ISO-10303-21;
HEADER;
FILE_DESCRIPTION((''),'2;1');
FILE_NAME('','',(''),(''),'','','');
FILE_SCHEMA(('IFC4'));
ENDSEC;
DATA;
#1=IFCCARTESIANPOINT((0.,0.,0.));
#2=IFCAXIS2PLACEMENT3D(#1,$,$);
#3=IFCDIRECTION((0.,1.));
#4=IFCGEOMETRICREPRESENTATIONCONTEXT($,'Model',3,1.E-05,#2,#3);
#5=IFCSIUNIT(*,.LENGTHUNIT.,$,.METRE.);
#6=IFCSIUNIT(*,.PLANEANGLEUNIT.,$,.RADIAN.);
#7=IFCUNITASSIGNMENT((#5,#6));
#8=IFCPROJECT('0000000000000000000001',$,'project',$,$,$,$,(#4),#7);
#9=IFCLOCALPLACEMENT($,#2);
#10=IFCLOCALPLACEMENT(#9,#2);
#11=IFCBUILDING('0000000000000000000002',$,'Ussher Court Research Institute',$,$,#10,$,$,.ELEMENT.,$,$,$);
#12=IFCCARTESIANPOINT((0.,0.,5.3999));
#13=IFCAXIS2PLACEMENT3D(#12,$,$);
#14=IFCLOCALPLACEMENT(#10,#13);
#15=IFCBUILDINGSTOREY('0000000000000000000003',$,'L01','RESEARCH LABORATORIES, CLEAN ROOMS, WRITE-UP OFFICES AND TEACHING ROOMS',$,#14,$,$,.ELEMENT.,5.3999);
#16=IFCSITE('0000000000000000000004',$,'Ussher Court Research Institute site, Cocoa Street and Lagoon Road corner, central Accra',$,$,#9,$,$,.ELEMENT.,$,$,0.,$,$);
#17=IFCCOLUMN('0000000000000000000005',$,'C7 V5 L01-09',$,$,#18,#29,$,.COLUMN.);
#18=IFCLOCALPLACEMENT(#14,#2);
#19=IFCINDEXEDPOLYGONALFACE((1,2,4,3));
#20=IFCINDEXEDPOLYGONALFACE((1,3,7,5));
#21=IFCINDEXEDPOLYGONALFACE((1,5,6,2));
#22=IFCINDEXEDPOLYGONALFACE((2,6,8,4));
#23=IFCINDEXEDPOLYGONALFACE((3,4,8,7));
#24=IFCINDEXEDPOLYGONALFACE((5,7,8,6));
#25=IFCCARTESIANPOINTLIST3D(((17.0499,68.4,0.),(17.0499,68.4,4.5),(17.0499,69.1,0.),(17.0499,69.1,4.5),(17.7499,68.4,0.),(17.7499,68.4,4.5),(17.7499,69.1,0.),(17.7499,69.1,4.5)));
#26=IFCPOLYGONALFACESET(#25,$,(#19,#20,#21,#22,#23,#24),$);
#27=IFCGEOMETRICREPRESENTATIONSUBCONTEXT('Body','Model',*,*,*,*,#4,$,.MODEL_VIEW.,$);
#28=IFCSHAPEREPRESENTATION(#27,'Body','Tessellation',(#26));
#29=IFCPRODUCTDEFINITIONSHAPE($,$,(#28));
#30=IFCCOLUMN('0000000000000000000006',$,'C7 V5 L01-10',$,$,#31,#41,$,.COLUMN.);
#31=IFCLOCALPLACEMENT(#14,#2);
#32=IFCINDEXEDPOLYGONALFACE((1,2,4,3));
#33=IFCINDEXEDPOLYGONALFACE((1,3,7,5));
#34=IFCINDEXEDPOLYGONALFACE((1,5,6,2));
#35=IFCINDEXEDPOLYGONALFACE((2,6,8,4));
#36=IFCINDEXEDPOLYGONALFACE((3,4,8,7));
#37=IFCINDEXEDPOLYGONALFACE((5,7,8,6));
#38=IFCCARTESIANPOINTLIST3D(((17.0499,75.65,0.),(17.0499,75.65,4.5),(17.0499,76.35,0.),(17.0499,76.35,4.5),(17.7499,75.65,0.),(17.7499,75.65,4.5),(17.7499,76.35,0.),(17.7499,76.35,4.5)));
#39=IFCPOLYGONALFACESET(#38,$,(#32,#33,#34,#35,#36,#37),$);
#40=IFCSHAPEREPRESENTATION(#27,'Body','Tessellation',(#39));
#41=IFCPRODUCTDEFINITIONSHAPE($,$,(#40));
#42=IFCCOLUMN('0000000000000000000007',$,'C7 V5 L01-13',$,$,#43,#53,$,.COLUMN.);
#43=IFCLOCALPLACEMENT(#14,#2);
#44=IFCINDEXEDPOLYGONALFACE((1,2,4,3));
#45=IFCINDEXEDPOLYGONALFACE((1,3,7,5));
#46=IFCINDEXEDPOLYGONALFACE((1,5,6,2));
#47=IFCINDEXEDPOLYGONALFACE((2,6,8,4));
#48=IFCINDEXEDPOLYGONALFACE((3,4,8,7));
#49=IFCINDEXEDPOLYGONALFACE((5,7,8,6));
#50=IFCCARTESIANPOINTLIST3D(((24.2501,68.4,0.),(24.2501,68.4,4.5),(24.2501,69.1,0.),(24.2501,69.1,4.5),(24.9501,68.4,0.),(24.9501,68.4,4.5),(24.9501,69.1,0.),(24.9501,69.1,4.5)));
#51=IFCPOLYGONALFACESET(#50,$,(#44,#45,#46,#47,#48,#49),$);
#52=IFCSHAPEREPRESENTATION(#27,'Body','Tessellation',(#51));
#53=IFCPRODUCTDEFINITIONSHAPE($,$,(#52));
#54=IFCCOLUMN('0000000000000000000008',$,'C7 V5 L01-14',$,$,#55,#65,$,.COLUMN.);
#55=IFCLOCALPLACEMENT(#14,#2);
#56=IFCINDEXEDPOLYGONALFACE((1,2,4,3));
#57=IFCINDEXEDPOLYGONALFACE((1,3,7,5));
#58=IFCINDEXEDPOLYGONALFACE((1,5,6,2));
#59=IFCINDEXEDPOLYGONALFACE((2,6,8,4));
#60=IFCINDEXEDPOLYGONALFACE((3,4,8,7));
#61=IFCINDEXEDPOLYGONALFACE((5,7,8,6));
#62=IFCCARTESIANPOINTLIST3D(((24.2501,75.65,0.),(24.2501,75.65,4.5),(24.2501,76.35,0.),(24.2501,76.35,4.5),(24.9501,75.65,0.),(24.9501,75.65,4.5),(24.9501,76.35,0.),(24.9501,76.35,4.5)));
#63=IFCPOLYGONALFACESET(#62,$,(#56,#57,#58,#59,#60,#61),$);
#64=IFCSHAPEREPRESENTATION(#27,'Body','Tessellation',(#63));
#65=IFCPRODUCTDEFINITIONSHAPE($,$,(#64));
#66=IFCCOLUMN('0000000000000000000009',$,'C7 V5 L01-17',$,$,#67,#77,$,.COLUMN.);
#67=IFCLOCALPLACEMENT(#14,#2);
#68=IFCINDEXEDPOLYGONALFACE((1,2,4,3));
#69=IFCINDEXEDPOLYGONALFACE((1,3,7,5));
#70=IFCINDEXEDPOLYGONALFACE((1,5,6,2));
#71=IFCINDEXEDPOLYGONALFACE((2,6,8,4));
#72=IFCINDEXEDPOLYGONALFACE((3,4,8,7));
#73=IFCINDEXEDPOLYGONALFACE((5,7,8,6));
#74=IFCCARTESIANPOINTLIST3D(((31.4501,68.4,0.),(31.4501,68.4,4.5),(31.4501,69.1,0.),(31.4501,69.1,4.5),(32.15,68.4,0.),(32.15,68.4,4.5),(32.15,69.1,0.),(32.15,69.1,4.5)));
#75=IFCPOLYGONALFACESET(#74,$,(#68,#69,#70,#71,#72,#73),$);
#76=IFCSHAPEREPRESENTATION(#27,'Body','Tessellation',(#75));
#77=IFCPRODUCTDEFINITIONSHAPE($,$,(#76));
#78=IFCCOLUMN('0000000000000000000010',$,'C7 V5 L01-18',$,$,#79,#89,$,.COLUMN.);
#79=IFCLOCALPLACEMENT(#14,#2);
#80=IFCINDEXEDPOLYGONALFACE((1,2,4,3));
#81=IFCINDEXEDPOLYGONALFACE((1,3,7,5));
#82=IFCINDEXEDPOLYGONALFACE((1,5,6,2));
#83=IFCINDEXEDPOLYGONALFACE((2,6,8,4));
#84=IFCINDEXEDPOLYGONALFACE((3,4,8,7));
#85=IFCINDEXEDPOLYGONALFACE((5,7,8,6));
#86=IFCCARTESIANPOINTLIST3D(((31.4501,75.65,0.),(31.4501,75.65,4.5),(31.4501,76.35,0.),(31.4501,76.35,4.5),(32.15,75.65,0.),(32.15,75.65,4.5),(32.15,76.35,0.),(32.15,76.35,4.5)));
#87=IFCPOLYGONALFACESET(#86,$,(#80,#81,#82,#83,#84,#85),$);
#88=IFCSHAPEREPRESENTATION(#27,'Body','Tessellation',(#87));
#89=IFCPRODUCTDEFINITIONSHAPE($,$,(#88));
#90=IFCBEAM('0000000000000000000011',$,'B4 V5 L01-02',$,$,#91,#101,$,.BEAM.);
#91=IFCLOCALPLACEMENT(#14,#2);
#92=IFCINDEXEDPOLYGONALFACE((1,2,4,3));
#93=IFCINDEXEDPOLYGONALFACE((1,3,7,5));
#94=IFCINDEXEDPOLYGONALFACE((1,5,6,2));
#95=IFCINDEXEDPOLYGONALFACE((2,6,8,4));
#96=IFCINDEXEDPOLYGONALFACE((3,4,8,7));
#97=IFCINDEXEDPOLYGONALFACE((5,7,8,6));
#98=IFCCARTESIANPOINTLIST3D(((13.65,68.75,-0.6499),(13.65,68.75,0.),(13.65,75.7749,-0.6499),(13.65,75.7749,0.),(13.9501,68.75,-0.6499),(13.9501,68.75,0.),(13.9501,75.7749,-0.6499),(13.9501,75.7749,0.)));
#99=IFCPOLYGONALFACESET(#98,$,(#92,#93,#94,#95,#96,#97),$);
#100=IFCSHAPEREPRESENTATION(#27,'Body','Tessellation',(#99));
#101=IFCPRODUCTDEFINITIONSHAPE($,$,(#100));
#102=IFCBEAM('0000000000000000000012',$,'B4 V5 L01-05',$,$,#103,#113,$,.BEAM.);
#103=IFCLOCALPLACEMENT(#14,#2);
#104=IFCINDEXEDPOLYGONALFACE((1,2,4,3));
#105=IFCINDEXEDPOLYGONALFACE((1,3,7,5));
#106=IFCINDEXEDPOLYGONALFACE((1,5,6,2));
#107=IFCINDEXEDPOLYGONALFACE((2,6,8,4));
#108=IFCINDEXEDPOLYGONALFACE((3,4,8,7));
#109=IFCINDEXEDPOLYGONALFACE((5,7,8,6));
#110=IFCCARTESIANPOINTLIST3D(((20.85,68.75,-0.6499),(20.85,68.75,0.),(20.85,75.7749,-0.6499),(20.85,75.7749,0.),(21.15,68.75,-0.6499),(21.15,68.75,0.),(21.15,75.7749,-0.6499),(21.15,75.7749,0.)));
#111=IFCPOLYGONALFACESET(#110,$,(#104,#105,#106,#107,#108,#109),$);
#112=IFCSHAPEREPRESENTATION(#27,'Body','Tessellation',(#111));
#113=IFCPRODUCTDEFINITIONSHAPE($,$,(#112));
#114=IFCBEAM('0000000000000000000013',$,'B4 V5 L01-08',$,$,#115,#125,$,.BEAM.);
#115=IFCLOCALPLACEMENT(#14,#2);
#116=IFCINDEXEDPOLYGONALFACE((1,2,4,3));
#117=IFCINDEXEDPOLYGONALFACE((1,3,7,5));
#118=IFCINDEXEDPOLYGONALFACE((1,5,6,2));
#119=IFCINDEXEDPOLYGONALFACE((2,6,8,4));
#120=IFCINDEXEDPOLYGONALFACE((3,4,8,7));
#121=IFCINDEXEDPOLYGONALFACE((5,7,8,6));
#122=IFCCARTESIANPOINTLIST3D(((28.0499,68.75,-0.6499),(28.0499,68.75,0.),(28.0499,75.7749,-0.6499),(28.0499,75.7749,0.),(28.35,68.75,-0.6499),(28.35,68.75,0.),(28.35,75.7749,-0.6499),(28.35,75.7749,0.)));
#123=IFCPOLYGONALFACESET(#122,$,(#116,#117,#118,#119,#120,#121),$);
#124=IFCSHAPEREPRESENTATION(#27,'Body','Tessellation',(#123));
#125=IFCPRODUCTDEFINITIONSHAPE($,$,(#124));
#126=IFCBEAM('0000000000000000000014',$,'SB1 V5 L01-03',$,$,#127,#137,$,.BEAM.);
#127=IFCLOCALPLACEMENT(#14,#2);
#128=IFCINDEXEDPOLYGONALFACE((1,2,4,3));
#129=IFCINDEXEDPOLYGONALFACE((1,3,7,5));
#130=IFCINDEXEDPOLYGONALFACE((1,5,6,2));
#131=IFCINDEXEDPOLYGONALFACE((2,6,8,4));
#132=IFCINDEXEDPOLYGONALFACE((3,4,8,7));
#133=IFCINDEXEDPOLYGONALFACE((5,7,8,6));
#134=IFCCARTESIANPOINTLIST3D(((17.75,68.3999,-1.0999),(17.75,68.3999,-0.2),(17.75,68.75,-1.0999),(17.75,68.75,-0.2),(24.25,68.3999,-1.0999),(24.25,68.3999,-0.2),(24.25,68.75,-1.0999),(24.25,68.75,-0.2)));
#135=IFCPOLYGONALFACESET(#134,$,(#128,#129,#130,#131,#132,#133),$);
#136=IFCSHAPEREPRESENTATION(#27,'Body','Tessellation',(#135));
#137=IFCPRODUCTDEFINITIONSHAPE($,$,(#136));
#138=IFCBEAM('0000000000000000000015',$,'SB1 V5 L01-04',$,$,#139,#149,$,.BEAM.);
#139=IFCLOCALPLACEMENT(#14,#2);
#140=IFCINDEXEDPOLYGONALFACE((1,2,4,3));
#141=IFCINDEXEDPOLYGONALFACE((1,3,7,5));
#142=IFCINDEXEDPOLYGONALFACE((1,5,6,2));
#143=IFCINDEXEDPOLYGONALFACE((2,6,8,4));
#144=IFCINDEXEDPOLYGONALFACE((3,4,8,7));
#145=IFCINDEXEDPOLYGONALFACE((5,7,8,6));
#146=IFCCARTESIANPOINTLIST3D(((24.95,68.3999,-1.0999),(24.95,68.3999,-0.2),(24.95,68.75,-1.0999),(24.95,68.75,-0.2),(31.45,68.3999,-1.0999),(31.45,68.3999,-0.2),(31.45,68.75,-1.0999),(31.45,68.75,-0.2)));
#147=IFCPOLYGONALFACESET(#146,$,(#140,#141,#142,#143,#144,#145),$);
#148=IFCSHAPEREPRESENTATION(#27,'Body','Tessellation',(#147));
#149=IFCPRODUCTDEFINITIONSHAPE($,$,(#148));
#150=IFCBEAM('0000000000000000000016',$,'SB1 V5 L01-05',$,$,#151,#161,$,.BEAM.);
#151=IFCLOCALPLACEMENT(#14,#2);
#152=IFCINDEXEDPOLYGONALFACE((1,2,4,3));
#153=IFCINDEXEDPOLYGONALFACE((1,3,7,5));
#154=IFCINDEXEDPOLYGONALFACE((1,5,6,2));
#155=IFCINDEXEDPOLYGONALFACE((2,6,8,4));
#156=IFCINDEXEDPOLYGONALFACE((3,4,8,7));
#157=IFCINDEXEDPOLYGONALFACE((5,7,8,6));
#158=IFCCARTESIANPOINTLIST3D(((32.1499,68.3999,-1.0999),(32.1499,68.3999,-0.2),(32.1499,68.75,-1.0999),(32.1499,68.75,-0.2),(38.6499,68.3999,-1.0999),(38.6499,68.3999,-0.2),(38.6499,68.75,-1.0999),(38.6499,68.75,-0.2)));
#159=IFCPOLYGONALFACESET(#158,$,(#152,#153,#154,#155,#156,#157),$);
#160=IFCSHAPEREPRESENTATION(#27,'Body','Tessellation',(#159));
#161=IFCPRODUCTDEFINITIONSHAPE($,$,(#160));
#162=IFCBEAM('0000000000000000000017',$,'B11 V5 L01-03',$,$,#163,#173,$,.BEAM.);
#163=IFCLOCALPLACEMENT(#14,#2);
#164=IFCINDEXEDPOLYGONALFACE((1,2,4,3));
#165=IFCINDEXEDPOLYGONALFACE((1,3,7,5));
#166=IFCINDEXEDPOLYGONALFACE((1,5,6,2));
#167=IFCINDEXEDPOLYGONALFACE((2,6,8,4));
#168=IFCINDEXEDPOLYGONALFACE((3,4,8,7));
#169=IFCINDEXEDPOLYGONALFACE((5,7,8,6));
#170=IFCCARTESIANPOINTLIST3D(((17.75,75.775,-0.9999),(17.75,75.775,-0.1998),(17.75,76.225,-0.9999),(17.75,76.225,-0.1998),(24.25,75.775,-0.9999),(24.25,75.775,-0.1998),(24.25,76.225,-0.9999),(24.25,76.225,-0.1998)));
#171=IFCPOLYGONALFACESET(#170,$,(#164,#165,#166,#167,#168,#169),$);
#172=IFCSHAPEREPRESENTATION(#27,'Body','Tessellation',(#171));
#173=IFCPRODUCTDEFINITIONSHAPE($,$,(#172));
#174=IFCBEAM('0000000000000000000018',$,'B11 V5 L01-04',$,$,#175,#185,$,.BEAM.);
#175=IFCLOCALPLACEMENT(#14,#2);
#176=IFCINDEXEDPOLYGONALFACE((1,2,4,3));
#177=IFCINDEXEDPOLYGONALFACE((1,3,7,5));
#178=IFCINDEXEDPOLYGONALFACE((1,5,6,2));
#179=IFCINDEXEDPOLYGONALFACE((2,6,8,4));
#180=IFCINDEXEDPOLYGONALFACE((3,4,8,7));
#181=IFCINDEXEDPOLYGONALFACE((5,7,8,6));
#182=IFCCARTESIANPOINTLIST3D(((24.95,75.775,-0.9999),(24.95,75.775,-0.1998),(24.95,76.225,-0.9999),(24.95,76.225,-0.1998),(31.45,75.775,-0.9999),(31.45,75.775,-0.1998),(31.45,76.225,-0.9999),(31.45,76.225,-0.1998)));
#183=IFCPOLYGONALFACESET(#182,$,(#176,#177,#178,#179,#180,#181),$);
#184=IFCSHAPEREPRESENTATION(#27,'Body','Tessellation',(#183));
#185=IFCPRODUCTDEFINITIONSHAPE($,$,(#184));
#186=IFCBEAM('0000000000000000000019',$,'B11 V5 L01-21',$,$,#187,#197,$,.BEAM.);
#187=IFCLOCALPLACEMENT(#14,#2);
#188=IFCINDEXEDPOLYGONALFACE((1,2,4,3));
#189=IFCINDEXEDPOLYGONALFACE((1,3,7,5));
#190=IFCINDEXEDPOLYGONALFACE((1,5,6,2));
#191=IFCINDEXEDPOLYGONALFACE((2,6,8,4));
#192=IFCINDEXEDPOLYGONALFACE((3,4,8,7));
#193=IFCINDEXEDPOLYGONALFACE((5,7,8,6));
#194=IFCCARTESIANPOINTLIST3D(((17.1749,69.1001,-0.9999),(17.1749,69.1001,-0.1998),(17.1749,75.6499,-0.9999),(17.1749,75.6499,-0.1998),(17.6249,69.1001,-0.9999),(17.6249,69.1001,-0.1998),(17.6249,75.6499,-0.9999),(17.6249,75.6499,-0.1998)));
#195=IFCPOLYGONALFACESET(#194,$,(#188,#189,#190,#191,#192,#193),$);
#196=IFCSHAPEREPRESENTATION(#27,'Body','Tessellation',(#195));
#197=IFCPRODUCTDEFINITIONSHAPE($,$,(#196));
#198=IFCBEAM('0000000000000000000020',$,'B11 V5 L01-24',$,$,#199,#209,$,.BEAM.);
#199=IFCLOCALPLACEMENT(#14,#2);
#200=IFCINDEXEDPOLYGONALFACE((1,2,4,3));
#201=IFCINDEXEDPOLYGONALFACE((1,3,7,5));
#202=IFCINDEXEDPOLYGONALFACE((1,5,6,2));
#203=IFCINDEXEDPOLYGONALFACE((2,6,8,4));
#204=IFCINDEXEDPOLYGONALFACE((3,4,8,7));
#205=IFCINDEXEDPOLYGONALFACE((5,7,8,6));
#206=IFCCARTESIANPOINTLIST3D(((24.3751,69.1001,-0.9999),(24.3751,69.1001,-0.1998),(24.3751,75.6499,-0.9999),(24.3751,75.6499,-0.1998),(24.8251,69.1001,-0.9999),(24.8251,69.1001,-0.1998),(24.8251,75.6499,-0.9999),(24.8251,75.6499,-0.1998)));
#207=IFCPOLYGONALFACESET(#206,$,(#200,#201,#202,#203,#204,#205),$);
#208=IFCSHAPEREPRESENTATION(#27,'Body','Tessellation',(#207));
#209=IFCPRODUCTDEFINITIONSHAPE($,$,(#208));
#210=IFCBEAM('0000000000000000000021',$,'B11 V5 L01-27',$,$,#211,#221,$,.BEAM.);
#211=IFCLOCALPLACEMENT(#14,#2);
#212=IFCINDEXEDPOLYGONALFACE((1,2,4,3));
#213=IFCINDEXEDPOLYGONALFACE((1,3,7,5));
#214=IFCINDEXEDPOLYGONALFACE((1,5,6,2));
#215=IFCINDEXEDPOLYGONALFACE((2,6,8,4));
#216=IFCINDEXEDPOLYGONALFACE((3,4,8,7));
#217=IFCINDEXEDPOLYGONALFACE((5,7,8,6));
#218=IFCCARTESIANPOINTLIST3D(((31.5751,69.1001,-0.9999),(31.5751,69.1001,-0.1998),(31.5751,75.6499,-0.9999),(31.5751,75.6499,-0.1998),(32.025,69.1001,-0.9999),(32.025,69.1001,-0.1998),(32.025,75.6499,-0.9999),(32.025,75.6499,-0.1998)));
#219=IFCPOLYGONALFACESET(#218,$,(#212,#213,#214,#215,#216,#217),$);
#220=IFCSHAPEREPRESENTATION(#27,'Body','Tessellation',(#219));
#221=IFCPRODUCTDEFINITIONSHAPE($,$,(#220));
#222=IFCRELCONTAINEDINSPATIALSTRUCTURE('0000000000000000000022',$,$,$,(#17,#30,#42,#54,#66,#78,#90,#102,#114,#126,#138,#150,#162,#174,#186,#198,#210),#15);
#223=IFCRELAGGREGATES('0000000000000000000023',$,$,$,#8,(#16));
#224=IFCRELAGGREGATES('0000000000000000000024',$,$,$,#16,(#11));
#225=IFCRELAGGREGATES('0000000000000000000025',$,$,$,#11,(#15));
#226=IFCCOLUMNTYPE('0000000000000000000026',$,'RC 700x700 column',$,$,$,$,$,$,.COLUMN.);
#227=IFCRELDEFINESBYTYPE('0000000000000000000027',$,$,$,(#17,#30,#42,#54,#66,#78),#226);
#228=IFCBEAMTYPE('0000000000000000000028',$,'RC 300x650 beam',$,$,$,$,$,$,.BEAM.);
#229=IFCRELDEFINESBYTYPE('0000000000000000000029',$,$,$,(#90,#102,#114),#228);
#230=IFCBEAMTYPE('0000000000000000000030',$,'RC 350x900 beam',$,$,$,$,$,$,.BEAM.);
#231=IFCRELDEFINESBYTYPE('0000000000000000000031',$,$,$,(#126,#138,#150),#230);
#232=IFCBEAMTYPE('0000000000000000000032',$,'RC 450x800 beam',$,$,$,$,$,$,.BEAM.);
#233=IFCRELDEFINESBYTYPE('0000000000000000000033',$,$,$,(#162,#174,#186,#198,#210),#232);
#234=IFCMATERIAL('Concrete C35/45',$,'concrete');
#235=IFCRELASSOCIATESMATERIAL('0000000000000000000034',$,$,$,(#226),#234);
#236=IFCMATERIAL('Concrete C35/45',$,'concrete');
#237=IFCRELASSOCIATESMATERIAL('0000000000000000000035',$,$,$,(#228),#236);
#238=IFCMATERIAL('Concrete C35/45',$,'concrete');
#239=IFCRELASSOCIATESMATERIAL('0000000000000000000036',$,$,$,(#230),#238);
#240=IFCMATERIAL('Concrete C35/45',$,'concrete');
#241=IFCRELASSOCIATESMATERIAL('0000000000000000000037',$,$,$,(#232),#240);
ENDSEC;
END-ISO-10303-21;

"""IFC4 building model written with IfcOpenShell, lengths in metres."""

from ifc_helpers import new_model, si_unit, direction, frame, origin, origin_2d, place, context, subcontext, project, spatial, rectangle, extrude, material, material_profile, profile_set, type_object, element, save


model = new_model("IFC4")

# Units and contexts
model_context = context("Model", 3, precision=1e-05, world=origin(), true_north=direction((0.0, 1.0)))
body_context = subcontext(model_context, "Body", "Model", "MODEL_VIEW")
ifc_project = project(units=[si_unit("LENGTHUNIT", "METRE"), si_unit("PLANEANGLEUNIT", "RADIAN")], contexts=[model_context])

# Site, building, storey
site_placement = place(None, origin())
site = spatial("IfcSite", under=ifc_project, at=site_placement, Name="Ussher Court Research Institute site, Cocoa Street and Lagoon Road corner, central Accra", CompositionType="ELEMENT", RefElevation=0.0)
building_placement = place(site_placement, origin())
building = spatial("IfcBuilding", under=site, at=building_placement, Name="Ussher Court Research Institute", CompositionType="ELEMENT")
storey_placement = place(building_placement, frame((0.0, 0.0, 5.3999)))
storey = spatial("IfcBuildingStorey", under=building, at=storey_placement, Name="L01", Description="RESEARCH LABORATORIES, CLEAN ROOMS, WRITE-UP OFFICES AND TEACHING ROOMS", CompositionType="ELEMENT", Elevation=5.3999)

# Columns
ifc_material_1 = material(Name="Concrete C35/45", Category="concrete")
ifc_material_profile_1 = material_profile(ifc_material_1, rectangle(XDim=0.7, YDim=0.7, at=origin_2d()), Name="RC 700x700")
ifc_profile_set_1 = profile_set([ifc_material_profile_1], Name="Concrete C35/45")
column_type = type_object("IfcColumnType", Name="RC 700x700 column", PredefinedType="COLUMN", material=ifc_profile_set_1)
for number, where, z_axis, x_axis, name in (
    (1, (17.3999, 68.75, 0.0), (0.0, 0.0, 1.0), (1.0, 0.0, 0.0), "C7 V5 L01-09"),
    (2, (17.3999, 76.0, 0.0), (0.0, 0.0, 1.0), (1.0, 0.0, 0.0), "C7 V5 L01-10"),
    (3, (24.6001, 68.75, 0.0), (0.0, 0.0, 1.0), (1.0, 0.0, 0.0), "C7 V5 L01-13"),
    (4, (24.6001, 76.0, 0.0), (0.0, 0.0, 1.0), (1.0, 0.0, 0.0), "C7 V5 L01-14"),
    (5, (31.8, 68.75, 0.0), (0.0, 0.0, 1.0), (1.0, 0.0, 0.0), "C7 V5 L01-17"),
    (6, (31.8, 76.0, 0.0), (0.0, 0.0, 1.0), (1.0, 0.0, 0.0), "C7 V5 L01-18"),
):
    element("IfcColumn", number, at=place(storey_placement, frame(where, z_axis=z_axis, x_axis=x_axis)), inside=storey, type_object=column_type, Name=name, PredefinedType="COLUMN", context=body_context, shape_type="SweptSolid", body=[
        extrude(rectangle(XDim=0.7, YDim=0.7, at=origin_2d()), origin(), (0.0, 0.0, 1.0), 4.5),
    ])

# Beams
ifc_material_2 = material(Name="Concrete C35/45", Category="concrete")
ifc_material_profile_2 = material_profile(ifc_material_2, rectangle(XDim=0.3, YDim=0.6499, at=origin_2d()), Name="RC 300x650")
ifc_profile_set_2 = profile_set([ifc_material_profile_2], Name="Concrete C35/45")
beam_type_1 = type_object("IfcBeamType", Name="RC 300x650 beam", PredefinedType="BEAM", material=ifc_profile_set_2)
for number, where, z_axis, x_axis, name in (
    (7, (13.8, 68.75, -0.325), (0.0, 1.0, 0.0), (-1.0, 0.0, 0.0), "B4 V5 L01-02"),
    (8, (21.0, 68.75, -0.325), (0.0, 1.0, 0.0), (-1.0, 0.0, 0.0), "B4 V5 L01-05"),
    (9, (28.2, 68.75, -0.325), (0.0, 1.0, 0.0), (-1.0, 0.0, 0.0), "B4 V5 L01-08"),
):
    element("IfcBeam", number, at=place(storey_placement, frame(where, z_axis=z_axis, x_axis=x_axis)), inside=storey, type_object=beam_type_1, Name=name, PredefinedType="BEAM", context=body_context, shape_type="SweptSolid", body=[
        extrude(rectangle(XDim=0.3, YDim=0.6499, at=origin_2d()), origin(), (0.0, 0.0, 1.0), 7.0249),
    ])
ifc_material_3 = material(Name="Concrete C35/45", Category="concrete")
ifc_material_profile_3 = material_profile(ifc_material_3, rectangle(XDim=0.3501, YDim=0.8999, at=origin_2d()), Name="RC 350x900")
ifc_profile_set_3 = profile_set([ifc_material_profile_3], Name="Concrete C35/45")
beam_type_2 = type_object("IfcBeamType", Name="RC 350x900 beam", PredefinedType="BEAM", material=ifc_profile_set_3)
for number, where, z_axis, x_axis, name in (
    (10, (17.75, 68.575, -0.6499), (1.0, 0.0, 0.0), (0.0, 1.0, 0.0), "SB1 V5 L01-03"),
    (11, (24.95, 68.575, -0.6499), (1.0, 0.0, 0.0), (0.0, 1.0, 0.0), "SB1 V5 L01-04"),
    (12, (32.1499, 68.575, -0.6499), (1.0, 0.0, 0.0), (0.0, 1.0, 0.0), "SB1 V5 L01-05"),
):
    element("IfcBeam", number, at=place(storey_placement, frame(where, z_axis=z_axis, x_axis=x_axis)), inside=storey, type_object=beam_type_2, Name=name, PredefinedType="BEAM", context=body_context, shape_type="SweptSolid", body=[
        extrude(rectangle(XDim=0.3501, YDim=0.8999, at=origin_2d()), origin(), (0.0, 0.0, 1.0), 6.5),
    ])
ifc_material_4 = material(Name="Concrete C35/45", Category="concrete")
ifc_material_profile_4 = material_profile(ifc_material_4, rectangle(XDim=0.45, YDim=0.8, at=origin_2d()), Name="RC 450x800")
ifc_profile_set_4 = profile_set([ifc_material_profile_4], Name="Concrete C35/45")
beam_type_3 = type_object("IfcBeamType", Name="RC 450x800 beam", PredefinedType="BEAM", material=ifc_profile_set_4)
for number, where, z_axis, x_axis, name in (
    (13, (17.75, 76.0, -0.5999), (1.0, 0.0, 0.0), (0.0, 1.0, 0.0), "B11 V5 L01-03"),
    (14, (24.95, 76.0, -0.5999), (1.0, 0.0, 0.0), (0.0, 1.0, 0.0), "B11 V5 L01-04"),
):
    element("IfcBeam", number, at=place(storey_placement, frame(where, z_axis=z_axis, x_axis=x_axis)), inside=storey, type_object=beam_type_3, Name=name, PredefinedType="BEAM", context=body_context, shape_type="SweptSolid", body=[
        extrude(rectangle(XDim=0.45, YDim=0.8, at=origin_2d()), origin(), (0.0, 0.0, 1.0), 6.5),
    ])
for number, where, z_axis, x_axis, name in (
    (15, (17.3999, 69.1001, -0.5999), (0.0, 1.0, 0.0), (-1.0, 0.0, 0.0), "B11 V5 L01-21"),
    (16, (24.6001, 69.1001, -0.5999), (0.0, 1.0, 0.0), (-1.0, 0.0, 0.0), "B11 V5 L01-24"),
    (17, (31.8, 69.1001, -0.5999), (0.0, 1.0, 0.0), (-1.0, 0.0, 0.0), "B11 V5 L01-27"),
):
    element("IfcBeam", number, at=place(storey_placement, frame(where, z_axis=z_axis, x_axis=x_axis)), inside=storey, type_object=beam_type_3, Name=name, PredefinedType="BEAM", context=body_context, shape_type="SweptSolid", body=[
        extrude(rectangle(XDim=0.45, YDim=0.8, at=origin_2d()), origin(), (0.0, 0.0, 1.0), 6.5498),
    ])

save(model, "model.ifc")
